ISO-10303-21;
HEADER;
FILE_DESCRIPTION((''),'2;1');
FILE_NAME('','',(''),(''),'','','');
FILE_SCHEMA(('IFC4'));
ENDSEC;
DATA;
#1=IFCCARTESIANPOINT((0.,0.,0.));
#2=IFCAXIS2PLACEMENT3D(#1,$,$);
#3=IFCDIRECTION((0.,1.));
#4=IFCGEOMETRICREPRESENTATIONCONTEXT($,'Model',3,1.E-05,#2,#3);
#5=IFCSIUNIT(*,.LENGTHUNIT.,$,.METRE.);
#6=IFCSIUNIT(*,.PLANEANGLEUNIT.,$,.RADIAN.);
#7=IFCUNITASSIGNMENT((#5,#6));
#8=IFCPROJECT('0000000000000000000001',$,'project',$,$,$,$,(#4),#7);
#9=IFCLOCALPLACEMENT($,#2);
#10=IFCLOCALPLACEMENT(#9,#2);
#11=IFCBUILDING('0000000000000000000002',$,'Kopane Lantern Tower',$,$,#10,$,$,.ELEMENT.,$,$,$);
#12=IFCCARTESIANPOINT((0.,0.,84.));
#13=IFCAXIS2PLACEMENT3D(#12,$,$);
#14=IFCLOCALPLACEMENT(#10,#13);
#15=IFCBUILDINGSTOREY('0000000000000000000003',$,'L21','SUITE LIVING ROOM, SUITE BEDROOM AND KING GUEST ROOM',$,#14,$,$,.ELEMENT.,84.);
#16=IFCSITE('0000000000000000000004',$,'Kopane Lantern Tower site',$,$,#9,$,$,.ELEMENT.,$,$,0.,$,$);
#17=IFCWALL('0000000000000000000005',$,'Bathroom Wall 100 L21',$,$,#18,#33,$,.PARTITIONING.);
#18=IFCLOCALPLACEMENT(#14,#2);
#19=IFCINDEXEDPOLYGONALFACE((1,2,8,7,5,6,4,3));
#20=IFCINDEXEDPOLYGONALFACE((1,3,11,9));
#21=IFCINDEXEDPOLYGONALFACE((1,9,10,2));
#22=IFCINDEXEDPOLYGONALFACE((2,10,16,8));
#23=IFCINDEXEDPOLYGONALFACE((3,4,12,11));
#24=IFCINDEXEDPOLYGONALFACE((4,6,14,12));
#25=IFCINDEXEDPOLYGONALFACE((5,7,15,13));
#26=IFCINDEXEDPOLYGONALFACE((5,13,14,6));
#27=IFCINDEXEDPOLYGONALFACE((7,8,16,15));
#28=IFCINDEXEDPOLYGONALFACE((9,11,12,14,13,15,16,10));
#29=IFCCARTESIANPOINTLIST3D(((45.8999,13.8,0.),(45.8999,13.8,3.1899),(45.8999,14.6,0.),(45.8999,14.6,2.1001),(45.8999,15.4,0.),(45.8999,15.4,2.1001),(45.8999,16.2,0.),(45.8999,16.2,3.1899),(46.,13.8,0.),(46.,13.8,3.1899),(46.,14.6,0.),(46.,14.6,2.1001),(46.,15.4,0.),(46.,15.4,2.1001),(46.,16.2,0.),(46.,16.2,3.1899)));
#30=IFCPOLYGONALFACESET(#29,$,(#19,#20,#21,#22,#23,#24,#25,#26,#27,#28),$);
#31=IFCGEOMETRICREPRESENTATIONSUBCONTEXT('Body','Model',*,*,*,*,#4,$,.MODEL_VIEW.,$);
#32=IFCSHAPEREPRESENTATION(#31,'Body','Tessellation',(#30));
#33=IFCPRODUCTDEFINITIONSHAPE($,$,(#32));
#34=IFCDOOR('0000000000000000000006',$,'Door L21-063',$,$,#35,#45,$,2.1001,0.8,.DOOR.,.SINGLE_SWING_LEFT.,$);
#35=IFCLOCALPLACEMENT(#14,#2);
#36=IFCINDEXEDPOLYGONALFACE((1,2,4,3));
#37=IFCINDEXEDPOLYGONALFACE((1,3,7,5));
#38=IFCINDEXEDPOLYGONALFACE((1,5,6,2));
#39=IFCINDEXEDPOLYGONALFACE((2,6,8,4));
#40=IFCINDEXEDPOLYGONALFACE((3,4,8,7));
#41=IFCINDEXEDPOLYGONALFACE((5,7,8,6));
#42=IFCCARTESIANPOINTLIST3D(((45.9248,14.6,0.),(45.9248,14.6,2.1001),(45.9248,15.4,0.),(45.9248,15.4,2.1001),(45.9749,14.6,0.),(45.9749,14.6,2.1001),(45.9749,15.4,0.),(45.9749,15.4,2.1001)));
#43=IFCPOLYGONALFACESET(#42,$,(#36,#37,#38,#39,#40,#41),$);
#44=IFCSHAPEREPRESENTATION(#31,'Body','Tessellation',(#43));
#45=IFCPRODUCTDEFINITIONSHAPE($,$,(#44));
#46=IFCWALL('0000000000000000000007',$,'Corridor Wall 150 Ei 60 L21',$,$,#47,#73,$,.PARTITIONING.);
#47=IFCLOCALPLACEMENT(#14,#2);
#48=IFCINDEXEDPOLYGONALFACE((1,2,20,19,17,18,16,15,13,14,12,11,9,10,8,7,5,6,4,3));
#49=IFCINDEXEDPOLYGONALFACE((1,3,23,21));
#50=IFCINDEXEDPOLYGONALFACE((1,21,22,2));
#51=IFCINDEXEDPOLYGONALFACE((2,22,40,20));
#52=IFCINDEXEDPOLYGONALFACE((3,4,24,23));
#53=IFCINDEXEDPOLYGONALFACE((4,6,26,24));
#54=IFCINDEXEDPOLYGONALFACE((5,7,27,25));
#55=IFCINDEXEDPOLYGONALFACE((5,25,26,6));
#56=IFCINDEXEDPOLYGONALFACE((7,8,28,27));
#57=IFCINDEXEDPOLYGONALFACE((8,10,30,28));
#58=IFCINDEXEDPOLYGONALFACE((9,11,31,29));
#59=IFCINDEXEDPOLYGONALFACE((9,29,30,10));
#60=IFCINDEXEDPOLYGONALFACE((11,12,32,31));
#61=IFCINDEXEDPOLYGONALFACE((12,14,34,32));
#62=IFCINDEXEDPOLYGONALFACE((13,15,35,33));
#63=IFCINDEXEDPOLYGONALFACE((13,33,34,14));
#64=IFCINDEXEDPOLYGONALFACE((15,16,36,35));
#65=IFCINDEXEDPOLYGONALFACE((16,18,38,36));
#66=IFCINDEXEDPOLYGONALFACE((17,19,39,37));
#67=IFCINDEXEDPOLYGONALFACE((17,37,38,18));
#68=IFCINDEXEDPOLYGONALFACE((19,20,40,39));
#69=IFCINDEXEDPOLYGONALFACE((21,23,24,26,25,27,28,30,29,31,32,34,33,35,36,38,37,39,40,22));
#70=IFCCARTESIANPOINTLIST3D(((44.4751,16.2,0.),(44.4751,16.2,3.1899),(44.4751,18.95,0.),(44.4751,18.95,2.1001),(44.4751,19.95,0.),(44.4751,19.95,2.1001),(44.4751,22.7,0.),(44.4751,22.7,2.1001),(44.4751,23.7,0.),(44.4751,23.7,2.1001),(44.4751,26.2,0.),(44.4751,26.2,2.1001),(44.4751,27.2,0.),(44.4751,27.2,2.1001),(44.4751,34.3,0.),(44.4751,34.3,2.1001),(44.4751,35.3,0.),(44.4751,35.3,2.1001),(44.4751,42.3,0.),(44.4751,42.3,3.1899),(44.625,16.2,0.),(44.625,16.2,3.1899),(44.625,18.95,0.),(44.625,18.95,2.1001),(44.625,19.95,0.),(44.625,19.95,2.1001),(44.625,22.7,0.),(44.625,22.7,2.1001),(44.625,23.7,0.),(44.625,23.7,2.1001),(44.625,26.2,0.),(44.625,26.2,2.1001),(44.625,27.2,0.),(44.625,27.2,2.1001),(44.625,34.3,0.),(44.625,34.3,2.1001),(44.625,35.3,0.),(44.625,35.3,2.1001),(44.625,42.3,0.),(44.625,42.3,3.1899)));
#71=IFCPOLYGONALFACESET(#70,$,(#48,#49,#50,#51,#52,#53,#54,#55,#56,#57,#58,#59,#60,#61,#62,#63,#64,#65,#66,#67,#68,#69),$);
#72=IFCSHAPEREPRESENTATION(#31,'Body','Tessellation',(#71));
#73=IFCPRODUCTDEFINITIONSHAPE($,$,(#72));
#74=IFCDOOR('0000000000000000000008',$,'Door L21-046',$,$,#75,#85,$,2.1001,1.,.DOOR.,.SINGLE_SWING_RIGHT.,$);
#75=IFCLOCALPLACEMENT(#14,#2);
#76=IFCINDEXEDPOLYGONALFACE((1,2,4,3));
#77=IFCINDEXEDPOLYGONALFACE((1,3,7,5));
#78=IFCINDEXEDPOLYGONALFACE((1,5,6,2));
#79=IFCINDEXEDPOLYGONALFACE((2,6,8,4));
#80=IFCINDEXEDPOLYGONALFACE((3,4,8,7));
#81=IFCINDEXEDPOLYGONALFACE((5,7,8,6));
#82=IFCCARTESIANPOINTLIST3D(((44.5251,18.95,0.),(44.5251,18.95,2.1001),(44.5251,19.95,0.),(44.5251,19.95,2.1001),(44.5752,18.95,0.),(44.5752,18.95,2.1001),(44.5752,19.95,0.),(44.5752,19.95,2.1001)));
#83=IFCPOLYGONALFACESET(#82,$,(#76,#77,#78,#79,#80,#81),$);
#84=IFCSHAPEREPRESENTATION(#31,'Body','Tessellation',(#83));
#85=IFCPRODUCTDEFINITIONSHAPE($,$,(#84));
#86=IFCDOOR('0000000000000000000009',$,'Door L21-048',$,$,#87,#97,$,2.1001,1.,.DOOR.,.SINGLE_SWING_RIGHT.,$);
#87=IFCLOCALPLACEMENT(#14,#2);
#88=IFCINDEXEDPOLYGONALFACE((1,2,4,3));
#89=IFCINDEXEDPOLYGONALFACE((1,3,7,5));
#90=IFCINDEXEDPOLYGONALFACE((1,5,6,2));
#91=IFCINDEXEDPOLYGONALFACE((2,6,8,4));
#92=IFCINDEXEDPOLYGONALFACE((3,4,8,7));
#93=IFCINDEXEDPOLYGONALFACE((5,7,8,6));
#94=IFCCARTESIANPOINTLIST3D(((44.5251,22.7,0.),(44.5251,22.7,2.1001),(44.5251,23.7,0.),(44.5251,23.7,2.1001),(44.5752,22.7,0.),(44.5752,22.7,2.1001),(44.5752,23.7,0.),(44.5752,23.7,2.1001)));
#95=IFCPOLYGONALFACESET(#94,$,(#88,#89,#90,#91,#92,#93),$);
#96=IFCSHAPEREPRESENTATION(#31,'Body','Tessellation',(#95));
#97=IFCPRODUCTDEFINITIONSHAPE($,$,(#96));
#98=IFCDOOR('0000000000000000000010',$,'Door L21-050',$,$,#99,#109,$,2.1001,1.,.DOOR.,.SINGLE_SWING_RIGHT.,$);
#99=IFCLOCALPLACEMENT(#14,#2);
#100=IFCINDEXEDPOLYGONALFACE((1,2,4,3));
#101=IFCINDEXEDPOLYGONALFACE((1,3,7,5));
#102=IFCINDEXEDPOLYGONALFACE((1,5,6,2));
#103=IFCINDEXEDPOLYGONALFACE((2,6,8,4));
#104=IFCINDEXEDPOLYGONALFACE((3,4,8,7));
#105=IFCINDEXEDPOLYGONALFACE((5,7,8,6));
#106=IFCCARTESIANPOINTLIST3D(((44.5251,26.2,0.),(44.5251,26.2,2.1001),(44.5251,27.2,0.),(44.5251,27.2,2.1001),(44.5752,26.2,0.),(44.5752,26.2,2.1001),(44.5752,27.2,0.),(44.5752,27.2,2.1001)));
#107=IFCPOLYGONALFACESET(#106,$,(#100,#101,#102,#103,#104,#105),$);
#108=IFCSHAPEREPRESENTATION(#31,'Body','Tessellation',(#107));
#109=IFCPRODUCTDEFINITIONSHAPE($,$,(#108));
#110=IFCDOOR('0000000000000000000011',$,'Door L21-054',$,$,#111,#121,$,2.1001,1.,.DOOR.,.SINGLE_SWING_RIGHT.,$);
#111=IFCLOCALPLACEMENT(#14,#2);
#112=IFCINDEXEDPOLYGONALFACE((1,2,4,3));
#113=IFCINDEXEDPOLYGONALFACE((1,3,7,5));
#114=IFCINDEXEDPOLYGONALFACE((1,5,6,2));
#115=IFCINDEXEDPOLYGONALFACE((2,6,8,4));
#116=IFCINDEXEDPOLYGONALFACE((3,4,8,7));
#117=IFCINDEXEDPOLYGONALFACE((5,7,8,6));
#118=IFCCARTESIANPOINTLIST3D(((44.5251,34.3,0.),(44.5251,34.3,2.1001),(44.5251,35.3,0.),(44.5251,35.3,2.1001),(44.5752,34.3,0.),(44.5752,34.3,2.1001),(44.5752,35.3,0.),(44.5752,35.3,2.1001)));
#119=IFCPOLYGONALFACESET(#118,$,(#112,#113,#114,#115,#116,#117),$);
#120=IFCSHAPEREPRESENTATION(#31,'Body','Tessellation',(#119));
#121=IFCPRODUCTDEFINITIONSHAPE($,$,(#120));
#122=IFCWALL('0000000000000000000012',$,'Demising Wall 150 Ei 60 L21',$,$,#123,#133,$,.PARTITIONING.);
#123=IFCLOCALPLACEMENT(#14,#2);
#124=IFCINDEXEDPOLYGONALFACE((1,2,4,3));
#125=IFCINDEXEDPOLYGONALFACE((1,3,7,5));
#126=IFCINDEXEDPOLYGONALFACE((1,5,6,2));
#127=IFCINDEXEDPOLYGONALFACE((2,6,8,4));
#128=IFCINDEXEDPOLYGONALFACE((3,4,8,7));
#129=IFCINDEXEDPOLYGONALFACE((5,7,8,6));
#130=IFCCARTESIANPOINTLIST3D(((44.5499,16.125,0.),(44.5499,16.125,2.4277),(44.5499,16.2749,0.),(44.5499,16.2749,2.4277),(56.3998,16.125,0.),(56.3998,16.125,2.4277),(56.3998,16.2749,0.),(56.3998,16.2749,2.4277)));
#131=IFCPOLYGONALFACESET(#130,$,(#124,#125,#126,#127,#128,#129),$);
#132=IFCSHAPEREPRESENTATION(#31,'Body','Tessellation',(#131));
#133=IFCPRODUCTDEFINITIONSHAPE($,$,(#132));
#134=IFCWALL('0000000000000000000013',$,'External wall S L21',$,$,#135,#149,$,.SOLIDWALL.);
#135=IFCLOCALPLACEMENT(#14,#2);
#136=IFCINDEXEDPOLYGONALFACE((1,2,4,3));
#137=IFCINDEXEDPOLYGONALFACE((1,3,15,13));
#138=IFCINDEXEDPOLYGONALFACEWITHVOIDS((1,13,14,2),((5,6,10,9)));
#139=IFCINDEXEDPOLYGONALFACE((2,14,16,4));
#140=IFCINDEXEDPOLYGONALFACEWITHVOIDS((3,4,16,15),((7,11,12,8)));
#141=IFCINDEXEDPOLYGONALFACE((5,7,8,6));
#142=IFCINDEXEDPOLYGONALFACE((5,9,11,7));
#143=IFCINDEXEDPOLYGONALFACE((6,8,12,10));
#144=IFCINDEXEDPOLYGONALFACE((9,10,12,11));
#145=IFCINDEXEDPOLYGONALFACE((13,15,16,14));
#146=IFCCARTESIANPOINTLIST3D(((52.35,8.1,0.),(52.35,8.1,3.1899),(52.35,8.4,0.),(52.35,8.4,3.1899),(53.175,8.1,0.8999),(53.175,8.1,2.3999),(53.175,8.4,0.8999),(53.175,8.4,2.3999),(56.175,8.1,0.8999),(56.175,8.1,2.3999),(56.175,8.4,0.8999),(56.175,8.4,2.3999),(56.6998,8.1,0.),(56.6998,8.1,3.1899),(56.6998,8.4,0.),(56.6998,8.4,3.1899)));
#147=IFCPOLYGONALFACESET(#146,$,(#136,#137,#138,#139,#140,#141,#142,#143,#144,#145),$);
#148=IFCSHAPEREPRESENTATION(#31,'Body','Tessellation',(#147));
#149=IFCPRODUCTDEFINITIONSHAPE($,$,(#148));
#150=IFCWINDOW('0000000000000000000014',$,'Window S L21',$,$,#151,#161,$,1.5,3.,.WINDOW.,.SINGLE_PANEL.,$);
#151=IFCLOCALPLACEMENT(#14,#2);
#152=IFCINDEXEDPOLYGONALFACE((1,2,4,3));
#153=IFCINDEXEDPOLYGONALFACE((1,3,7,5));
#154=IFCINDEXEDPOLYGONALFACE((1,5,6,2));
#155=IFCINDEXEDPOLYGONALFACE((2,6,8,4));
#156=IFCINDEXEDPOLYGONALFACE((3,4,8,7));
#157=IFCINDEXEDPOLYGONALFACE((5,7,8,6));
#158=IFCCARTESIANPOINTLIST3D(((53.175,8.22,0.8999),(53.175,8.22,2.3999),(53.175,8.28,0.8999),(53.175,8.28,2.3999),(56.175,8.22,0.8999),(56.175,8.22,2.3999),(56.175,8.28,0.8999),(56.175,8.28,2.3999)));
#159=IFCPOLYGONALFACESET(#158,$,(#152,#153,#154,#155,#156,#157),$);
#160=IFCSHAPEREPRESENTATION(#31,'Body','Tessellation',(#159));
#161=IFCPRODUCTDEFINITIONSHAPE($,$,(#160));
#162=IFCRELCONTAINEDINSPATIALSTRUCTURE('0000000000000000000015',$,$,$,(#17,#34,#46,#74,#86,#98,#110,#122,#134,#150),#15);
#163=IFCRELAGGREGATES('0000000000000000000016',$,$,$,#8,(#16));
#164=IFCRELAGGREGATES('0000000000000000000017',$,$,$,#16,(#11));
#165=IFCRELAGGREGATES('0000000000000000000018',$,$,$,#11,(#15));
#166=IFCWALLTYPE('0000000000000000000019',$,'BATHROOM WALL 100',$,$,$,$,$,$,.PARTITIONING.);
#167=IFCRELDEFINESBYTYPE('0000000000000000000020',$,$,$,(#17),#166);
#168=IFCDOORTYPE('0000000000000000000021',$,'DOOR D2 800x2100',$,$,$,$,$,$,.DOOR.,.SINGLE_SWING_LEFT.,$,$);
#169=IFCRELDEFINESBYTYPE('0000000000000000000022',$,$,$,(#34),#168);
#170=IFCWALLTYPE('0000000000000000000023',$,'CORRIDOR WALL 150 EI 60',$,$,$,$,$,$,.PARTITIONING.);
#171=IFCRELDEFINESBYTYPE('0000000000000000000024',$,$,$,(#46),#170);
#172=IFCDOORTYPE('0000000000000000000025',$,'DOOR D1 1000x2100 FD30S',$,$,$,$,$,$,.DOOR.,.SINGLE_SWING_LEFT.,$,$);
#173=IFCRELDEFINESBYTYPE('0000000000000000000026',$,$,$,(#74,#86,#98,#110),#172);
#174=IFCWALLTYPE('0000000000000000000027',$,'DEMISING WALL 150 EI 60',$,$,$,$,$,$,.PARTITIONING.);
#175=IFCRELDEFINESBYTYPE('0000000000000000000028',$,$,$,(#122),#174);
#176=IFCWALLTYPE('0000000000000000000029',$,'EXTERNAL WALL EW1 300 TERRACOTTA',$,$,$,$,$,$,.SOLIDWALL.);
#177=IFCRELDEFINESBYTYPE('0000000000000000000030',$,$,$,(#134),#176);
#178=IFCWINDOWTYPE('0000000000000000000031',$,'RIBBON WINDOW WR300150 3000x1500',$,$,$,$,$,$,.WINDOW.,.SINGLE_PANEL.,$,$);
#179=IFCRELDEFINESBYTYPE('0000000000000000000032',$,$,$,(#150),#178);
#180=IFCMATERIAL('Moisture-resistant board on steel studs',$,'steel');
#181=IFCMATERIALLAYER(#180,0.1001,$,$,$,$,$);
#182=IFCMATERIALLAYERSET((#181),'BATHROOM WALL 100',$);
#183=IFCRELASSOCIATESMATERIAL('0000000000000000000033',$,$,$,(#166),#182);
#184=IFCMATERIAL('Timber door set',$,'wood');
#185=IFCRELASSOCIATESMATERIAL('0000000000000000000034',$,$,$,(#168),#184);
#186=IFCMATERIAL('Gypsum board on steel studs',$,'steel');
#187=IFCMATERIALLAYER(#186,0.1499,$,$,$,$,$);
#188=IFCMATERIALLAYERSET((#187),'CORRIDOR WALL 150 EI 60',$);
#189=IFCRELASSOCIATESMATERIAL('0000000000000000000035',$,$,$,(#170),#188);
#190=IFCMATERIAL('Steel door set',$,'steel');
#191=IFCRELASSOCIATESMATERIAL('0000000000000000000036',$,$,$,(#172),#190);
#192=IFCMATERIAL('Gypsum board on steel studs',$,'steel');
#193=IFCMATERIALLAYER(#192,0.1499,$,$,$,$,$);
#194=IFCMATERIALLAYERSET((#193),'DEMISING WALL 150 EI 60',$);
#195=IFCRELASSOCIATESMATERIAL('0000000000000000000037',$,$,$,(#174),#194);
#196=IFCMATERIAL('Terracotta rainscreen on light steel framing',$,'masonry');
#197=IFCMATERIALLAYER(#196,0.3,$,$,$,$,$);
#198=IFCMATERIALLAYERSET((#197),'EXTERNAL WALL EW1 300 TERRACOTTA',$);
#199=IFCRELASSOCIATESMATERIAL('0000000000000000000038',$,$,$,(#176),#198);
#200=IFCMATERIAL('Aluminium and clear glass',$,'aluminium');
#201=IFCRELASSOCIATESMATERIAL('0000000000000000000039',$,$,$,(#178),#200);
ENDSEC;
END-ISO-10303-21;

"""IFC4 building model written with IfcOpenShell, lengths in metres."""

from ifc_helpers import new_model, si_unit, direction, frame, frame_2d, origin, place, context, subcontext, project, spatial, rectangle, extrude, material, layer, layer_set, type_object, element, fill, save


model = new_model("IFC4")

# Units and contexts
model_context = context("Model", 3, precision=1e-05, world=origin(), true_north=direction((0.0, 1.0)))
body_context = subcontext(model_context, "Body", "Model", "MODEL_VIEW")
ifc_project = project(units=[si_unit("LENGTHUNIT", "METRE"), si_unit("PLANEANGLEUNIT", "RADIAN")], contexts=[model_context])

# Site, building, storey
site_placement = place(None, origin())
site = spatial("IfcSite", under=ifc_project, at=site_placement, Name="Kopane Lantern Tower site", CompositionType="ELEMENT", RefElevation=0.0)
building_placement = place(site_placement, origin())
building = spatial("IfcBuilding", under=site, at=building_placement, Name="Kopane Lantern Tower", CompositionType="ELEMENT")
storey_placement = place(building_placement, frame((0.0, 0.0, 84.0)))
storey = spatial("IfcBuildingStorey", under=building, at=storey_placement, Name="L21", Description="SUITE LIVING ROOM, SUITE BEDROOM AND KING GUEST ROOM", CompositionType="ELEMENT", Elevation=84.0)

# Shared definitions
ifc_material_1 = material(Name="Moisture-resistant board on steel studs", Category="steel")
ifc_layer_1 = layer(ifc_material_1, 0.1001)
ifc_layer_set_1 = layer_set([ifc_layer_1], Name="BATHROOM WALL 100")
wall_type_1 = type_object("IfcWallType", Name="BATHROOM WALL 100", PredefinedType="PARTITIONING", material=ifc_layer_set_1)

# Wall, opening, door
wall_1_placement = place(storey_placement, frame((45.95, 16.2, 0.0), z_axis=(0.0, 0.0, 1.0), x_axis=(0.0, -1.0, 0.0)))
wall_1 = element("IfcWall", 1, at=wall_1_placement, inside=storey, type_object=wall_type_1, Name="Bathroom Wall 100 L21", PredefinedType="PARTITIONING", context=body_context, shape_type="SweptSolid", body=[
    extrude(rectangle(XDim=2.3999, YDim=0.1001, at=frame_2d((1.2, 0.0))), origin(), (0.0, 0.0, 1.0), 3.1899),
])
opening_1_placement = place(wall_1_placement, frame((0.8, 0.0, 0.0)))
opening_1 = element("IfcOpeningElement", 2, at=opening_1_placement, cuts=wall_1, PredefinedType="OPENING", context=body_context, shape_type="SweptSolid", body=[
    extrude(rectangle(XDim=0.8, YDim=2.1001, at=frame_2d((0.3999, 1.05))), frame((0.0, 0.0601, 0.0), z_axis=(0.0, -1.0, 0.0), x_axis=(1.0, 0.0, 0.0)), (0.0, 0.0, 1.0), 0.1201),
])
ifc_material_2 = material(Name="Timber door set", Category="wood")
door_type_1 = type_object("IfcDoorType", Name="DOOR D2 800x2100", OperationType="SINGLE_SWING_LEFT", PredefinedType="DOOR", material=ifc_material_2)
door_1_placement = place(opening_1_placement, origin())
door_1 = element("IfcDoor", 3, at=door_1_placement, inside=storey, type_object=door_type_1, Name="Door L21-063", OperationType="SINGLE_SWING_LEFT", OverallHeight=2.1001, OverallWidth=0.8, PredefinedType="DOOR", context=body_context, shape_type="SweptSolid", body=[
    extrude(rectangle(XDim=0.8, YDim=2.1001, at=frame_2d((0.3999, 1.05))), frame((0.0, 0.0249, 0.0), z_axis=(0.0, -1.0, 0.0), x_axis=(1.0, 0.0, 0.0)), (0.0, 0.0, 1.0), 0.05),
])
fill(opening_1, door_1)

# Wall, openings, doors
ifc_material_3 = material(Name="Gypsum board on steel studs", Category="steel")
ifc_layer_2 = layer(ifc_material_3, 0.1499)
ifc_layer_set_2 = layer_set([ifc_layer_2], Name="CORRIDOR WALL 150 EI 60")
wall_type_2 = type_object("IfcWallType", Name="CORRIDOR WALL 150 EI 60", PredefinedType="PARTITIONING", material=ifc_layer_set_2)
wall_2_placement = place(storey_placement, frame((44.55, 16.2, 0.0), z_axis=(0.0, 0.0, 1.0), x_axis=(0.0, 1.0, 0.0)))
wall_2 = element("IfcWall", 4, at=wall_2_placement, inside=storey, type_object=wall_type_2, Name="Corridor Wall 150 Ei 60 L21", PredefinedType="PARTITIONING", context=body_context, shape_type="SweptSolid", body=[
    extrude(rectangle(XDim=26.1001, YDim=0.1499, at=frame_2d((13.05, 0.0))), origin(), (0.0, 0.0, 1.0), 3.1899),
])
opening_2_placement = place(wall_2_placement, frame((2.75, 0.0, 0.0)))
opening_2 = element("IfcOpeningElement", 5, at=opening_2_placement, cuts=wall_2, PredefinedType="OPENING", context=body_context, shape_type="SweptSolid", body=[
    extrude(rectangle(XDim=1.0, YDim=2.1001, at=frame_2d((0.5, 1.05))), frame((0.0, 0.085, 0.0), z_axis=(0.0, -1.0, 0.0), x_axis=(1.0, 0.0, 0.0)), (0.0, 0.0, 1.0), 0.1699),
])
opening_3_placement = place(wall_2_placement, frame((6.5, 0.0, 0.0)))
opening_3 = element("IfcOpeningElement", 6, at=opening_3_placement, cuts=wall_2, PredefinedType="OPENING", context=body_context, shape_type="SweptSolid", body=[
    extrude(rectangle(XDim=1.0, YDim=2.1001, at=frame_2d((0.5, 1.05))), frame((0.0, 0.085, 0.0), z_axis=(0.0, -1.0, 0.0), x_axis=(1.0, 0.0, 0.0)), (0.0, 0.0, 1.0), 0.1699),
])
opening_4_placement = place(wall_2_placement, frame((10.0, 0.0, 0.0)))
opening_4 = element("IfcOpeningElement", 7, at=opening_4_placement, cuts=wall_2, PredefinedType="OPENING", context=body_context, shape_type="SweptSolid", body=[
    extrude(rectangle(XDim=1.0, YDim=2.1001, at=frame_2d((0.5, 1.05))), frame((0.0, 0.085, 0.0), z_axis=(0.0, -1.0, 0.0), x_axis=(1.0, 0.0, 0.0)), (0.0, 0.0, 1.0), 0.1699),
])
opening_5_placement = place(wall_2_placement, frame((18.1001, 0.0, 0.0)))
opening_5 = element("IfcOpeningElement", 8, at=opening_5_placement, cuts=wall_2, PredefinedType="OPENING", context=body_context, shape_type="SweptSolid", body=[
    extrude(rectangle(XDim=1.0, YDim=2.1001, at=frame_2d((0.5, 1.05))), frame((0.0, 0.085, 0.0), z_axis=(0.0, -1.0, 0.0), x_axis=(1.0, 0.0, 0.0)), (0.0, 0.0, 1.0), 0.1699),
])
ifc_material_4 = material(Name="Steel door set", Category="steel")
door_type_2 = type_object("IfcDoorType", Name="DOOR D1 1000x2100 FD30S", OperationType="SINGLE_SWING_LEFT", PredefinedType="DOOR", material=ifc_material_4)
door_2_placement = place(opening_2_placement, origin())
door_2 = element("IfcDoor", 9, at=door_2_placement, inside=storey, type_object=door_type_2, Name="Door L21-046", OperationType="SINGLE_SWING_RIGHT", OverallHeight=2.1001, OverallWidth=1.0, PredefinedType="DOOR", context=body_context, shape_type="SweptSolid", body=[
    extrude(rectangle(XDim=1.0, YDim=2.1001, at=frame_2d((0.5, 1.05))), frame((0.0, 0.0249, 0.0), z_axis=(0.0, -1.0, 0.0), x_axis=(1.0, 0.0, 0.0)), (0.0, 0.0, 1.0), 0.05),
])
fill(opening_2, door_2)
door_3_placement = place(opening_3_placement, origin())
door_3 = element("IfcDoor", 10, at=door_3_placement, inside=storey, type_object=door_type_2, Name="Door L21-048", OperationType="SINGLE_SWING_RIGHT", OverallHeight=2.1001, OverallWidth=1.0, PredefinedType="DOOR", context=body_context, shape_type="SweptSolid", body=[
    extrude(rectangle(XDim=1.0, YDim=2.1001, at=frame_2d((0.5, 1.05))), frame((0.0, 0.0249, 0.0), z_axis=(0.0, -1.0, 0.0), x_axis=(1.0, 0.0, 0.0)), (0.0, 0.0, 1.0), 0.05),
])
fill(opening_3, door_3)
door_4_placement = place(opening_4_placement, origin())
door_4 = element("IfcDoor", 11, at=door_4_placement, inside=storey, type_object=door_type_2, Name="Door L21-050", OperationType="SINGLE_SWING_RIGHT", OverallHeight=2.1001, OverallWidth=1.0, PredefinedType="DOOR", context=body_context, shape_type="SweptSolid", body=[
    extrude(rectangle(XDim=1.0, YDim=2.1001, at=frame_2d((0.5, 1.05))), frame((0.0, 0.0249, 0.0), z_axis=(0.0, -1.0, 0.0), x_axis=(1.0, 0.0, 0.0)), (0.0, 0.0, 1.0), 0.05),
])
fill(opening_4, door_4)
door_5_placement = place(opening_5_placement, origin())
door_5 = element("IfcDoor", 12, at=door_5_placement, inside=storey, type_object=door_type_2, Name="Door L21-054", OperationType="SINGLE_SWING_RIGHT", OverallHeight=2.1001, OverallWidth=1.0, PredefinedType="DOOR", context=body_context, shape_type="SweptSolid", body=[
    extrude(rectangle(XDim=1.0, YDim=2.1001, at=frame_2d((0.5, 1.05))), frame((0.0, 0.0249, 0.0), z_axis=(0.0, -1.0, 0.0), x_axis=(1.0, 0.0, 0.0)), (0.0, 0.0, 1.0), 0.05),
])
fill(opening_5, door_5)

# Wall
ifc_material_5 = material(Name="Gypsum board on steel studs", Category="steel")
ifc_layer_3 = layer(ifc_material_5, 0.1499)
ifc_layer_set_3 = layer_set([ifc_layer_3], Name="DEMISING WALL 150 EI 60")
wall_type_3 = type_object("IfcWallType", Name="DEMISING WALL 150 EI 60", PredefinedType="PARTITIONING", material=ifc_layer_set_3)
wall_3_placement = place(storey_placement, frame((44.55, 16.2, 0.0), z_axis=(0.0, 0.0, 1.0), x_axis=(1.0, 0.0, 0.0)))
element("IfcWall", 13, at=wall_3_placement, inside=storey, type_object=wall_type_3, Name="Demising Wall 150 Ei 60 L21", PredefinedType="PARTITIONING", context=body_context, shape_type="SweptSolid", body=[
    extrude(rectangle(XDim=11.8499, YDim=0.1499, at=frame_2d((5.9248, 0.0))), origin(), (0.0, 0.0, 1.0), 2.4277),
])

# Wall, opening, window
ifc_material_6 = material(Name="Terracotta rainscreen on light steel framing", Category="masonry")
ifc_layer_4 = layer(ifc_material_6, 0.3)
ifc_layer_set_4 = layer_set([ifc_layer_4], Name="EXTERNAL WALL EW1 300 TERRACOTTA")
wall_type_4 = type_object("IfcWallType", Name="EXTERNAL WALL EW1 300 TERRACOTTA", PredefinedType="SOLIDWALL", material=ifc_layer_set_4)
wall_4_placement = place(storey_placement, frame((52.3501, 8.25, 0.0), z_axis=(0.0, 0.0, 1.0), x_axis=(1.0, 0.0, 0.0)))
wall_4 = element("IfcWall", 14, at=wall_4_placement, inside=storey, type_object=wall_type_4, Name="External wall S L21", PredefinedType="SOLIDWALL", context=body_context, shape_type="SweptSolid", body=[
    extrude(rectangle(XDim=4.3499, YDim=0.3, at=frame_2d((2.1748, 0.0))), origin(), (0.0, 0.0, 1.0), 3.1899),
])
opening_6_placement = place(wall_4_placement, frame((0.825, 0.0, 0.8999)))
opening_6 = element("IfcOpeningElement", 15, at=opening_6_placement, cuts=wall_4, PredefinedType="OPENING", context=body_context, shape_type="SweptSolid", body=[
    extrude(rectangle(XDim=3.0, YDim=1.5, at=frame_2d((1.5, 0.75))), frame((0.0, 0.1599, 0.0), z_axis=(0.0, -1.0, 0.0), x_axis=(1.0, 0.0, 0.0)), (0.0, 0.0, 1.0), 0.3201),
])
ifc_material_7 = material(Name="Aluminium and clear glass", Category="aluminium")
window_type = type_object("IfcWindowType", Name="RIBBON WINDOW WR300150 3000x1500", PartitioningType="SINGLE_PANEL", PredefinedType="WINDOW", material=ifc_material_7)
window_1_placement = place(opening_6_placement, origin())
window_1 = element("IfcWindow", 16, at=window_1_placement, inside=storey, type_object=window_type, Name="Window S L21", OverallHeight=1.5, OverallWidth=3.0, PartitioningType="SINGLE_PANEL", PredefinedType="WINDOW", context=body_context, shape_type="SweptSolid", body=[
    extrude(rectangle(XDim=3.0, YDim=1.5, at=frame_2d((1.5, 0.75))), frame((0.0, 0.03, 0.0), z_axis=(0.0, -1.0, 0.0), x_axis=(1.0, 0.0, 0.0)), (0.0, 0.0, 1.0), 0.0601),
])
fill(opening_6, window_1)

save(model, "model.ifc")
